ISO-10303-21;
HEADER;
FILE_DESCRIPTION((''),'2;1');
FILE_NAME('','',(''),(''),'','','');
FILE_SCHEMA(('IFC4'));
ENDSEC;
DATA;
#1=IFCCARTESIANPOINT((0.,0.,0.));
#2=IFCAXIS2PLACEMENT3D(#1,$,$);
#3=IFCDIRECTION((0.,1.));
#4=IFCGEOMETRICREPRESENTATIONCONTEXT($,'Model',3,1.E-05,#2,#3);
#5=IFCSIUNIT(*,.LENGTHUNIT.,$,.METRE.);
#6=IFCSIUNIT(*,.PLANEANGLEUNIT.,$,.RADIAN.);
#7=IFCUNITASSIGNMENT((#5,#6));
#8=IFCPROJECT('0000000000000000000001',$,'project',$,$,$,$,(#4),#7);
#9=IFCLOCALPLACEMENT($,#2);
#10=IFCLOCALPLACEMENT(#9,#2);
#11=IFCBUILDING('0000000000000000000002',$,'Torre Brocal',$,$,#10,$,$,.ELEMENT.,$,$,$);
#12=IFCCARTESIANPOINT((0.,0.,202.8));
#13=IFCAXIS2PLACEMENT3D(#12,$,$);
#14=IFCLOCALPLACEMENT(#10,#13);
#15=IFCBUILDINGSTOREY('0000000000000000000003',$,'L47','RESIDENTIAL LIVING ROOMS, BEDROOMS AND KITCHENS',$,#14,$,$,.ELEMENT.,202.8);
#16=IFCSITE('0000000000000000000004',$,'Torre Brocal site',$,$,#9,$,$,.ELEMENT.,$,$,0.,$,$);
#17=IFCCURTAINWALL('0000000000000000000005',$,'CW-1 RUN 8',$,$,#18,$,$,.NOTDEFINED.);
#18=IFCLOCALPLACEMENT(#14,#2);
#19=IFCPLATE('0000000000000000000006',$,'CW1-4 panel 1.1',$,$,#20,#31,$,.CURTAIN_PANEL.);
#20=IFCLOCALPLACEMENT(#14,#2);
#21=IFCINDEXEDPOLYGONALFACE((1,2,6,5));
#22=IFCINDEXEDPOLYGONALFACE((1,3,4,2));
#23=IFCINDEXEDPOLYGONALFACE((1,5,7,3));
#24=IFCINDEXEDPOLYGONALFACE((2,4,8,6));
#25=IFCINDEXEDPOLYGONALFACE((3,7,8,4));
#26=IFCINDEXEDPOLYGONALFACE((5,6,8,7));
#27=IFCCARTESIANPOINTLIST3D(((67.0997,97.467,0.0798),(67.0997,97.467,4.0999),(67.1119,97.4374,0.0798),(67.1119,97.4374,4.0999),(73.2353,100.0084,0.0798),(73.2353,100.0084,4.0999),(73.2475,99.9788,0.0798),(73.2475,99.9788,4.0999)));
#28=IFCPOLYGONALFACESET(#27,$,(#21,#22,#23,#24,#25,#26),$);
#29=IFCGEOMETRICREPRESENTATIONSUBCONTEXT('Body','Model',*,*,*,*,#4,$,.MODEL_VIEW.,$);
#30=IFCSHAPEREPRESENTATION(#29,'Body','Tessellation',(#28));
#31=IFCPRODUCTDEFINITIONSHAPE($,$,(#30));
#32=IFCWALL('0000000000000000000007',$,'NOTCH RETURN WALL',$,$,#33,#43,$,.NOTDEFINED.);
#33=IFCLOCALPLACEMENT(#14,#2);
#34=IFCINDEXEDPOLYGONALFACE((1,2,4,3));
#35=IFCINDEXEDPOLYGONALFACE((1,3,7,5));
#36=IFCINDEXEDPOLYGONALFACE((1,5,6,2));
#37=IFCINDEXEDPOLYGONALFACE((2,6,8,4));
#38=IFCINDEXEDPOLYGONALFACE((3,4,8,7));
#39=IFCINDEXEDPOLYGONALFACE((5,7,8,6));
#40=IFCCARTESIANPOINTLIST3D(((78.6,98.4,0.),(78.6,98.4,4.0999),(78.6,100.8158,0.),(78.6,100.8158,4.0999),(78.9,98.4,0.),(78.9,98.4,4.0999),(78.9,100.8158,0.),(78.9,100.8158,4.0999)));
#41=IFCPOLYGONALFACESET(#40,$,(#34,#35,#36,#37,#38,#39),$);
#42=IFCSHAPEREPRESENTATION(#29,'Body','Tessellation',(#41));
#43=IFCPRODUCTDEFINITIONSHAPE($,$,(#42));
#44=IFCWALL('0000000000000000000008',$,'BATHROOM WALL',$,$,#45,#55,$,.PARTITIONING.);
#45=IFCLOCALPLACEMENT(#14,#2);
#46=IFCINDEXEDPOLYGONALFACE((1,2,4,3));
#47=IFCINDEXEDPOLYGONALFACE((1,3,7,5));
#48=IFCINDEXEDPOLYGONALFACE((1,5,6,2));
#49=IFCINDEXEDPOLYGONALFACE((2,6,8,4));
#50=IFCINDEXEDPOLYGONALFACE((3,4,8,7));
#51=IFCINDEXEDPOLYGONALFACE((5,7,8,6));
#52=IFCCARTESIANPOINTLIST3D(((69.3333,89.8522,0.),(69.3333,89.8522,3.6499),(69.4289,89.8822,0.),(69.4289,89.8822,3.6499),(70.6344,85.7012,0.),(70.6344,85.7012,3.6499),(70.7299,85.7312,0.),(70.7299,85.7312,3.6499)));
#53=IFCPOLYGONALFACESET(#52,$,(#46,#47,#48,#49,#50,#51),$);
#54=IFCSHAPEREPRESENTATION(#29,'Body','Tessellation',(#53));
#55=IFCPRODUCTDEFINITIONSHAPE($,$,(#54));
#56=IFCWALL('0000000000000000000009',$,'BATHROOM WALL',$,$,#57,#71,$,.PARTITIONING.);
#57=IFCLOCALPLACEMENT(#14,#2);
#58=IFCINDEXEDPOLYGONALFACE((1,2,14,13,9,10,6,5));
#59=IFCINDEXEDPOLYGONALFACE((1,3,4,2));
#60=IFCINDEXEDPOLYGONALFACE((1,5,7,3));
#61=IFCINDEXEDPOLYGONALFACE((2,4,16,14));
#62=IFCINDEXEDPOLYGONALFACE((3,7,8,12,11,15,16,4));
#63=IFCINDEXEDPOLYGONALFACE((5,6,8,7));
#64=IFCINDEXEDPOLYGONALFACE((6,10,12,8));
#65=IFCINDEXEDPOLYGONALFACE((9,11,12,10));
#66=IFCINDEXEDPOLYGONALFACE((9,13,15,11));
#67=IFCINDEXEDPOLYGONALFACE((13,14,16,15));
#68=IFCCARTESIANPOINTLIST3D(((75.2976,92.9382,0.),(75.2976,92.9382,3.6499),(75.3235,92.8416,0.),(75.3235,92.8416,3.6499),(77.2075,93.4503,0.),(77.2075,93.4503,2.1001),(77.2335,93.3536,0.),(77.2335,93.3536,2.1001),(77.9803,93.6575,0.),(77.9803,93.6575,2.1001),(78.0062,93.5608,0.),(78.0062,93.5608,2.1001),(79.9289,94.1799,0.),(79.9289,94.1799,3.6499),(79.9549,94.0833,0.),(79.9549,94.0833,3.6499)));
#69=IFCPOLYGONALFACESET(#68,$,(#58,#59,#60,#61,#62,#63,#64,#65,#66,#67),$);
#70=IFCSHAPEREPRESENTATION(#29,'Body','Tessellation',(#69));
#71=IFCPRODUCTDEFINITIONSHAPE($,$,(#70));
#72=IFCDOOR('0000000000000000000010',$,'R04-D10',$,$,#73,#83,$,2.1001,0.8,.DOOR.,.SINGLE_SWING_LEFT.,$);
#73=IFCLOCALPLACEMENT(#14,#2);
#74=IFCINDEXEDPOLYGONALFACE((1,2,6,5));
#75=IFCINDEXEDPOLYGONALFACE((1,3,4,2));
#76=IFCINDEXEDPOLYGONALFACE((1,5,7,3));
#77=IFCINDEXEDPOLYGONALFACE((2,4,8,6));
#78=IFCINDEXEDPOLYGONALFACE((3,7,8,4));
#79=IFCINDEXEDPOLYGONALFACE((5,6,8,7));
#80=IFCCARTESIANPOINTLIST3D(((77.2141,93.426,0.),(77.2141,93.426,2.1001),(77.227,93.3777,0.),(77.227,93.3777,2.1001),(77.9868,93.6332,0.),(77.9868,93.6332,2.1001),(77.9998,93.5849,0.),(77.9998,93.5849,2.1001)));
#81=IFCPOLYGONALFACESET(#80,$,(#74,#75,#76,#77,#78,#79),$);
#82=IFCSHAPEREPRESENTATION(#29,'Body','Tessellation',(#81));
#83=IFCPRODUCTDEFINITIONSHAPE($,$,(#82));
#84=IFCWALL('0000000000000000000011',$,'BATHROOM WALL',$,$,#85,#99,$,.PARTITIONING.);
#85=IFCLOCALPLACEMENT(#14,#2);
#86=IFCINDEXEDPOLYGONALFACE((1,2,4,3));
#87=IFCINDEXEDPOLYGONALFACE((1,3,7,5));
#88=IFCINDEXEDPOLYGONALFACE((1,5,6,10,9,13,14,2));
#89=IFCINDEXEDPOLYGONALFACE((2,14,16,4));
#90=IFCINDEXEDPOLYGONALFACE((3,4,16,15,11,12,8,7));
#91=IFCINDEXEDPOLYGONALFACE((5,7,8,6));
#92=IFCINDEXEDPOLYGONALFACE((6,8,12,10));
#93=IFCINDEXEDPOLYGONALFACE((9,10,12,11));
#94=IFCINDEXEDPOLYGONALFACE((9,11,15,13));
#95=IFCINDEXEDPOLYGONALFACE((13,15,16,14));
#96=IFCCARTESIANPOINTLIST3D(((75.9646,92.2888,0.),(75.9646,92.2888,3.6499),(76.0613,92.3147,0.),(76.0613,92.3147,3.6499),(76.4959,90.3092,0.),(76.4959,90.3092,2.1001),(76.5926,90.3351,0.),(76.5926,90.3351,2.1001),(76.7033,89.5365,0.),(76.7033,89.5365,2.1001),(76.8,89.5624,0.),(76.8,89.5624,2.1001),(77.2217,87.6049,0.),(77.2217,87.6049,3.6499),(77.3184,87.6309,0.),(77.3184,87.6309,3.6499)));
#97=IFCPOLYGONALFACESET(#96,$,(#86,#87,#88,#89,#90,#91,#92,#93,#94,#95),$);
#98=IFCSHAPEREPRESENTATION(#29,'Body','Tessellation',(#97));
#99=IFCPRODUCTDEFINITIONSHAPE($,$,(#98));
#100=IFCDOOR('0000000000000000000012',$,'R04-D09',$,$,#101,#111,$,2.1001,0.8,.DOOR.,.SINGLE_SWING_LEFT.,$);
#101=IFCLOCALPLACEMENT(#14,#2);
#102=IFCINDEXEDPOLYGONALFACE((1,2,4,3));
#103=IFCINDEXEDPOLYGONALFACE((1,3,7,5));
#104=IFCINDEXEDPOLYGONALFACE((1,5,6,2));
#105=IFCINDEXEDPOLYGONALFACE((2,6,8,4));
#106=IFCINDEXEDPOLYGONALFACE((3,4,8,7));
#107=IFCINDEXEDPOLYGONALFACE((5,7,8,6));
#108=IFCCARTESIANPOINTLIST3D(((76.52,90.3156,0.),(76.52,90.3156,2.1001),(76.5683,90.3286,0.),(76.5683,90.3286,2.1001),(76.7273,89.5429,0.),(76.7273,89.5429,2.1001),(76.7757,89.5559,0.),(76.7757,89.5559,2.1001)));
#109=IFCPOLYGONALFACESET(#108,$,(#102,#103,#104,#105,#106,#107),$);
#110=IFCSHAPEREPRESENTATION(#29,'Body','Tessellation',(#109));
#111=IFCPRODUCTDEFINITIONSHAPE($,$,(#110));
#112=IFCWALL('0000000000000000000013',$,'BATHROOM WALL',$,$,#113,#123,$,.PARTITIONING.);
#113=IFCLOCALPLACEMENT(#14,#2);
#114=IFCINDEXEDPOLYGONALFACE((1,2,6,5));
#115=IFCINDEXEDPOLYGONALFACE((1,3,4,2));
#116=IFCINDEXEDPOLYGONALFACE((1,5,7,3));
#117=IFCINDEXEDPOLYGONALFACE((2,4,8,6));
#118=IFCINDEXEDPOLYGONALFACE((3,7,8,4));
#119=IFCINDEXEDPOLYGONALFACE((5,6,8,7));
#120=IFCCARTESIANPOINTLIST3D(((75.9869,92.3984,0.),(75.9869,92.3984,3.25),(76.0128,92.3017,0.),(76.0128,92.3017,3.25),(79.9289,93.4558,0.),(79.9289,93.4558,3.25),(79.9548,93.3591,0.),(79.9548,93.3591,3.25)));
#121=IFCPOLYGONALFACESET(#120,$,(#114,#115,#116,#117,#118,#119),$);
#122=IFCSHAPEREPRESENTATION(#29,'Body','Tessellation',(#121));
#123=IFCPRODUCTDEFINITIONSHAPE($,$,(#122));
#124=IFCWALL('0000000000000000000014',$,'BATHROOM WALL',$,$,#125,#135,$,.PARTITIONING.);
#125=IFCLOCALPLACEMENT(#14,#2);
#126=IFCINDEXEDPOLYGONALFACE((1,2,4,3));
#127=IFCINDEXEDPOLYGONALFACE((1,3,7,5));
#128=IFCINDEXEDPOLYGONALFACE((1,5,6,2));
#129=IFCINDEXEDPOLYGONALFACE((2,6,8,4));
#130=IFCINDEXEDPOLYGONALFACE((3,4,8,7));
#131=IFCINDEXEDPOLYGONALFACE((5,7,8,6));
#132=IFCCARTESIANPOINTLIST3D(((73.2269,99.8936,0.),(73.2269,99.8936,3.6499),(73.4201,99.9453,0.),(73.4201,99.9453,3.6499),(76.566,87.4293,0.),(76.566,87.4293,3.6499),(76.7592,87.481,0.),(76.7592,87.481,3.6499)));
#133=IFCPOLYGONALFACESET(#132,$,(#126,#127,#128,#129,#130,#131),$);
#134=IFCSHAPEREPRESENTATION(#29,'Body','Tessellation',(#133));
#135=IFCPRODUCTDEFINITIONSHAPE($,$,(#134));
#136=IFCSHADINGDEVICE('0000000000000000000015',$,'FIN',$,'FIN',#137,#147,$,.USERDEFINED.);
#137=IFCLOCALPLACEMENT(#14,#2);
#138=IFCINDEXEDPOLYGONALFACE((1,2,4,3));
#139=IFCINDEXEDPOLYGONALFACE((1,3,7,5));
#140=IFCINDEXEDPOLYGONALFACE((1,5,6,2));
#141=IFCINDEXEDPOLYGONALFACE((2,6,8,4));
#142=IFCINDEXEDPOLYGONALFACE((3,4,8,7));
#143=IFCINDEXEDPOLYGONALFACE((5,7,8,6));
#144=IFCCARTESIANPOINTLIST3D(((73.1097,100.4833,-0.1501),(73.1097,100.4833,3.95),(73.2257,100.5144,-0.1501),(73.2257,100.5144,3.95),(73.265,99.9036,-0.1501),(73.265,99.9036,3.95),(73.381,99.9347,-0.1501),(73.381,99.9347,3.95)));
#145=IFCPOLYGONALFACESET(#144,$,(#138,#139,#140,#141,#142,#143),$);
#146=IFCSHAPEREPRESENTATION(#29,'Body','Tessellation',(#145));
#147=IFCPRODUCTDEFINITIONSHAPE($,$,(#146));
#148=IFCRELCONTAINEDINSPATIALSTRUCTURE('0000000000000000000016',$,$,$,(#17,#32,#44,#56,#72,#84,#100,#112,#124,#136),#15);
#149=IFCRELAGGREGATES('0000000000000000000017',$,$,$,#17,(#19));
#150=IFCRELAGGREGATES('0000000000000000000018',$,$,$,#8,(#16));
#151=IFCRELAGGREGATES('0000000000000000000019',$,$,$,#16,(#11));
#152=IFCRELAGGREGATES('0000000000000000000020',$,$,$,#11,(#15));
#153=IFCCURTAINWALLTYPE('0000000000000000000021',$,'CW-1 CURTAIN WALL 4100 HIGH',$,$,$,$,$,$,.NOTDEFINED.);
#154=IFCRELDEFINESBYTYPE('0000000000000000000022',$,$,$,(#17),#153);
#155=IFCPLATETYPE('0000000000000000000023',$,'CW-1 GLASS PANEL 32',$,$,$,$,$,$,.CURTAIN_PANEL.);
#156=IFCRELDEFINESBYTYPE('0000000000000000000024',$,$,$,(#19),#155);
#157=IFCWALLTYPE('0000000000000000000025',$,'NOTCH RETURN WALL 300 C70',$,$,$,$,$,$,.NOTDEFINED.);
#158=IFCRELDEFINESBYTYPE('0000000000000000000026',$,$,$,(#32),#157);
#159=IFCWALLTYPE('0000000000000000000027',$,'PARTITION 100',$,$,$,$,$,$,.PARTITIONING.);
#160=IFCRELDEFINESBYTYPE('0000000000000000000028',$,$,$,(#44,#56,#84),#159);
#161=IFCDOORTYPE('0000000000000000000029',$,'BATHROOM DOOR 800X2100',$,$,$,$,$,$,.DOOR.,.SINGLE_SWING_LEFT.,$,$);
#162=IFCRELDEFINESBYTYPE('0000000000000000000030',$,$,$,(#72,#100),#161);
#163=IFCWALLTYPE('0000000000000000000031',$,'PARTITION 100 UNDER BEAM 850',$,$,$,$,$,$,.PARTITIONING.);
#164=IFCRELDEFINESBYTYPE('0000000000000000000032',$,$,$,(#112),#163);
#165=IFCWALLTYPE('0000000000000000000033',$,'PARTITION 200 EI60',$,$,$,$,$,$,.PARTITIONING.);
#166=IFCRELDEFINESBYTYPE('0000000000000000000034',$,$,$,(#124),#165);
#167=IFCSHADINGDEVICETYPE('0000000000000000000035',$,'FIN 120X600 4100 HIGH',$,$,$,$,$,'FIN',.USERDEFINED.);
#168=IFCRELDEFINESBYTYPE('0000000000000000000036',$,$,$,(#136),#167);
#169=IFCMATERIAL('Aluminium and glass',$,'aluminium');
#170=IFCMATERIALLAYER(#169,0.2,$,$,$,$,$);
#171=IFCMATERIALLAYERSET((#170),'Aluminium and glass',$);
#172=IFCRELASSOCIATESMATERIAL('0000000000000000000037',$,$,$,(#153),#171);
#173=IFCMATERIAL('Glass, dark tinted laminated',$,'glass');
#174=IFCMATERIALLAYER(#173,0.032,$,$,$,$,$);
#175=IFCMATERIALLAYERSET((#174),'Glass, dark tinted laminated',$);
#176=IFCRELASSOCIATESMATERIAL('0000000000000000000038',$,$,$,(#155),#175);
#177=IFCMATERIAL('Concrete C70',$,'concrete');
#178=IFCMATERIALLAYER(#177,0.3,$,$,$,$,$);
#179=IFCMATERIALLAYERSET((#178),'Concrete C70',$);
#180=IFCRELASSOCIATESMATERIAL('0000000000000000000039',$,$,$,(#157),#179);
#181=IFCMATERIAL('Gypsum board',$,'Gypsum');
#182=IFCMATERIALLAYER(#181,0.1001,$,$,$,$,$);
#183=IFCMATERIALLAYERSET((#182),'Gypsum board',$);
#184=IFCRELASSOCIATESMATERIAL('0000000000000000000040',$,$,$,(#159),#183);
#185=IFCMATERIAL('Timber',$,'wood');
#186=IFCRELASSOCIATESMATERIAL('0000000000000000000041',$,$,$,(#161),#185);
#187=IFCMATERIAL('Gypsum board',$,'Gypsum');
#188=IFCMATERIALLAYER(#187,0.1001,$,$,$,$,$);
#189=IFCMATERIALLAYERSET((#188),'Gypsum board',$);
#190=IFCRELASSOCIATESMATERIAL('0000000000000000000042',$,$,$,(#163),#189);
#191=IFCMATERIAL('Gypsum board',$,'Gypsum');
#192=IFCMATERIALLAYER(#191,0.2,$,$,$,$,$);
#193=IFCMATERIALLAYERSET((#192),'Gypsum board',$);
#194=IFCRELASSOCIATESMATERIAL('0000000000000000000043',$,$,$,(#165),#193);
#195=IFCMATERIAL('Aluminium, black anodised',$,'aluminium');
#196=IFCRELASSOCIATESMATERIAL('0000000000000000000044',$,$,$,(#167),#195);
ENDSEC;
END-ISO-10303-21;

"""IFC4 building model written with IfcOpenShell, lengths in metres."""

from ifc_helpers import new_model, si_unit, direction, frame, frame_2d, origin, origin_2d, place, context, subcontext, project, spatial, rectangle, extrude, material, layer, layer_set, material_profile, profile_set, type_object, element, fill, aggregate, save


model = new_model("IFC4")

# Units and contexts
model_context = context("Model", 3, precision=1e-05, world=origin(), true_north=direction((0.0, 1.0)))
body_context = subcontext(model_context, "Body", "Model", "MODEL_VIEW")
ifc_project = project(units=[si_unit("LENGTHUNIT", "METRE"), si_unit("PLANEANGLEUNIT", "RADIAN")], contexts=[model_context])

# Site, building, storey
site_placement = place(None, origin())
site = spatial("IfcSite", under=ifc_project, at=site_placement, Name="Torre Brocal site", CompositionType="ELEMENT", RefElevation=0.0)
building_placement = place(site_placement, origin())
building = spatial("IfcBuilding", under=site, at=building_placement, Name="Torre Brocal", CompositionType="ELEMENT")
storey_placement = place(building_placement, frame((0.0, 0.0, 202.8)))
storey = spatial("IfcBuildingStorey", under=building, at=storey_placement, Name="L47", Description="RESIDENTIAL LIVING ROOMS, BEDROOMS AND KITCHENS", CompositionType="ELEMENT", Elevation=202.8)

# Shared definitions
ifc_material_1 = material(Name="Aluminium and glass", Category="aluminium")
ifc_layer_1 = layer(ifc_material_1, 0.2)
ifc_layer_set_1 = layer_set([ifc_layer_1], Name="Aluminium and glass")
curtain_wall_type = type_object("IfcCurtainWallType", Name="CW-1 CURTAIN WALL 4100 HIGH", PredefinedType="NOTDEFINED", material=ifc_layer_set_1)

# Curtain wall
curtain_wall_1_placement = place(storey_placement, origin())
curtain_wall_1 = element("IfcCurtainWall", 1, at=curtain_wall_1_placement, inside=storey, type_object=curtain_wall_type, Name="CW-1 RUN 8", PredefinedType="NOTDEFINED")

# Plate
ifc_material_2 = material(Name="Glass, dark tinted laminated", Category="glass")
ifc_layer_2 = layer(ifc_material_2, 0.032)
ifc_layer_set_2 = layer_set([ifc_layer_2], Name="Glass, dark tinted laminated")
plate_type = type_object("IfcPlateType", Name="CW-1 GLASS PANEL 32", PredefinedType="CURTAIN_PANEL", material=ifc_layer_set_2)
plate_1_placement = place(storey_placement, frame((70.1736, 98.7229, 0.0798), z_axis=(0.0, 0.0, 1.0), x_axis=(-0.92388, -0.382683, 0.0)))
plate_1 = element("IfcPlate", 2, at=plate_1_placement, type_object=plate_type, Name="CW1-4 panel 1.1", PredefinedType="CURTAIN_PANEL", context=body_context, shape_type="SweptSolid", body=[
    extrude(rectangle(XDim=6.6411, YDim=0.032, at=origin_2d()), origin(), (0.0, 0.0, 1.0), 4.02),
])
aggregate(curtain_wall_1, [plate_1])

# Walls
ifc_material_3 = material(Name="Concrete C70", Category="concrete")
ifc_layer_3 = layer(ifc_material_3, 0.3)
ifc_layer_set_3 = layer_set([ifc_layer_3], Name="Concrete C70")
wall_type_1 = type_object("IfcWallType", Name="NOTCH RETURN WALL 300 C70", PredefinedType="NOTDEFINED", material=ifc_layer_set_3)
wall_1_placement = place(storey_placement, frame((78.75, 98.3999, 0.0), z_axis=(0.0, 0.0, 1.0), x_axis=(0.0, 1.0, 0.0)))
element("IfcWall", 3, at=wall_1_placement, inside=storey, type_object=wall_type_1, Name="NOTCH RETURN WALL", PredefinedType="NOTDEFINED", context=body_context, shape_type="SweptSolid", body=[
    extrude(rectangle(XDim=2.4158, YDim=0.3, at=frame_2d((1.208, 0.0))), origin(), (0.0, 0.0, 1.0), 4.0999),
])
ifc_material_4 = material(Name="Gypsum board", Category="Gypsum")
ifc_layer_4 = layer(ifc_material_4, 0.1001)
ifc_layer_set_4 = layer_set([ifc_layer_4], Name="Gypsum board")
wall_type_2 = type_object("IfcWallType", Name="PARTITION 100", PredefinedType="PARTITIONING", material=ifc_layer_set_4)
wall_2_placement = place(storey_placement, frame((69.3811, 89.8672, 0.0), z_axis=(0.0, 0.0, 1.0), x_axis=(0.299087, -0.954226, 0.0)))
element("IfcWall", 4, at=wall_2_placement, inside=storey, type_object=wall_type_2, Name="BATHROOM WALL", PredefinedType="PARTITIONING", context=body_context, shape_type="SweptSolid", body=[
    extrude(rectangle(XDim=4.3501, YDim=0.1001, at=frame_2d((2.175, 0.0))), origin(), (0.0, 0.0, 1.0), 3.6499),
])

# Walls, openings, doors
wall_3_placement = place(storey_placement, frame((75.3105, 92.8899, 0.0), z_axis=(0.0, 0.0, 1.0), x_axis=(0.965888, 0.258962, 0.0)))
wall_3 = element("IfcWall", 5, at=wall_3_placement, inside=storey, type_object=wall_type_2, Name="BATHROOM WALL", PredefinedType="PARTITIONING", context=body_context, shape_type="SweptSolid", body=[
    extrude(rectangle(XDim=4.7949, YDim=0.1001, at=frame_2d((2.3975, 0.0))), origin(), (0.0, 0.0, 1.0), 3.6499),
])
opening_1_placement = place(wall_3_placement, frame((1.9775, 0.0, 0.0)))
opening_1 = element("IfcOpeningElement", 6, at=opening_1_placement, cuts=wall_3, PredefinedType="OPENING", context=body_context, shape_type="SweptSolid", body=[
    extrude(rectangle(XDim=0.8, YDim=2.1001, at=frame_2d((0.3999, 1.05))), frame((0.0, 0.0601, 0.0), z_axis=(0.0, -1.0, 0.0), x_axis=(1.0, 0.0, 0.0)), (0.0, 0.0, 1.0), 0.1201),
])
ifc_material_5 = material(Name="Timber", Category="wood")
door_type = type_object("IfcDoorType", Name="BATHROOM DOOR 800X2100", OperationType="SINGLE_SWING_LEFT", PredefinedType="DOOR", material=ifc_material_5)
door_1_placement = place(opening_1_placement, origin())
door_1 = element("IfcDoor", 7, at=door_1_placement, inside=storey, type_object=door_type, Name="R04-D10", OperationType="SINGLE_SWING_LEFT", OverallHeight=2.1001, OverallWidth=0.8, PredefinedType="DOOR", context=body_context, shape_type="SweptSolid", body=[
    extrude(rectangle(XDim=0.8, YDim=2.1001, at=frame_2d((0.3999, 1.05))), frame((0.0, 0.0249, 0.0), z_axis=(0.0, -1.0, 0.0), x_axis=(1.0, 0.0, 0.0)), (0.0, 0.0, 1.0), 0.05),
])
fill(opening_1, door_1)
wall_4_placement = place(storey_placement, frame((76.0129, 92.3018, 0.0), z_axis=(0.0, 0.0, 1.0), x_axis=(0.259213, -0.96582, 0.0)))
wall_4 = element("IfcWall", 8, at=wall_4_placement, inside=storey, type_object=wall_type_2, Name="BATHROOM WALL", PredefinedType="PARTITIONING", context=body_context, shape_type="SweptSolid", body=[
    extrude(rectangle(XDim=4.8496, YDim=0.1001, at=frame_2d((2.4248, 0.0))), origin(), (0.0, 0.0, 1.0), 3.6499),
])
opening_2_placement = place(wall_4_placement, frame((2.0498, 0.0, 0.0)))
opening_2 = element("IfcOpeningElement", 9, at=opening_2_placement, cuts=wall_4, PredefinedType="OPENING", context=body_context, shape_type="SweptSolid", body=[
    extrude(rectangle(XDim=0.8, YDim=2.1001, at=frame_2d((0.3999, 1.05))), frame((0.0, 0.0601, 0.0), z_axis=(0.0, -1.0, 0.0), x_axis=(1.0, 0.0, 0.0)), (0.0, 0.0, 1.0), 0.1201),
])
door_2_placement = place(opening_2_placement, origin())
door_2 = element("IfcDoor", 10, at=door_2_placement, inside=storey, type_object=door_type, Name="R04-D09", OperationType="SINGLE_SWING_LEFT", OverallHeight=2.1001, OverallWidth=0.8, PredefinedType="DOOR", context=body_context, shape_type="SweptSolid", body=[
    extrude(rectangle(XDim=0.8, YDim=2.1001, at=frame_2d((0.3999, 1.05))), frame((0.0, 0.0249, 0.0), z_axis=(0.0, -1.0, 0.0), x_axis=(1.0, 0.0, 0.0)), (0.0, 0.0, 1.0), 0.05),
])
fill(opening_2, door_2)

# Walls
ifc_material_6 = material(Name="Gypsum board", Category="Gypsum")
ifc_layer_5 = layer(ifc_material_6, 0.1001)
ifc_layer_set_5 = layer_set([ifc_layer_5], Name="Gypsum board")
wall_type_3 = type_object("IfcWallType", Name="PARTITION 100 UNDER BEAM 850", PredefinedType="PARTITIONING", material=ifc_layer_set_5)
wall_5_placement = place(storey_placement, frame((76.0, 92.3501, 0.0), z_axis=(0.0, 0.0, 1.0), x_axis=(0.965856, 0.259081, 0.0)))
element("IfcWall", 11, at=wall_5_placement, inside=storey, type_object=wall_type_3, Name="BATHROOM WALL", PredefinedType="PARTITIONING", context=body_context, shape_type="SweptSolid", body=[
    extrude(rectangle(XDim=4.0813, YDim=0.1001, at=frame_2d((2.0405, 0.0))), origin(), (0.0, 0.0, 1.0), 3.25),
])
ifc_material_7 = material(Name="Gypsum board", Category="Gypsum")
ifc_layer_6 = layer(ifc_material_7, 0.2)
ifc_layer_set_6 = layer_set([ifc_layer_6], Name="Gypsum board")
wall_type_4 = type_object("IfcWallType", Name="PARTITION 200 EI60", PredefinedType="PARTITIONING", material=ifc_layer_set_6)
wall_6_placement = place(storey_placement, frame((73.3235, 99.9194, 0.0), z_axis=(0.0, 0.0, 1.0), x_axis=(0.258768, -0.965939, 0.0)))
element("IfcWall", 12, at=wall_6_placement, inside=storey, type_object=wall_type_4, Name="BATHROOM WALL", PredefinedType="PARTITIONING", context=body_context, shape_type="SweptSolid", body=[
    extrude(rectangle(XDim=12.9038, YDim=0.2, at=frame_2d((6.4519, 0.0))), origin(), (0.0, 0.0, 1.0), 3.6499),
])

# Shading device
ifc_material_8 = material(Name="Aluminium, black anodised", Category="aluminium")
ifc_material_profile_1 = material_profile(ifc_material_8, rectangle(XDim=0.1201, YDim=0.6001, at=origin_2d()), Name="FIN 120X600 4100 HIGH")
ifc_profile_set_1 = profile_set([ifc_material_profile_1], Name="Aluminium, black anodised")
shading_device_type = type_object("IfcShadingDeviceType", Name="FIN 120X600 4100 HIGH", ElementType="FIN", PredefinedType="USERDEFINED", material=ifc_profile_set_1)
shading_device_placement = place(storey_placement, frame((73.2454, 100.209, -0.1501), z_axis=(0.0, 0.0, 1.0), x_axis=(-0.965926, -0.258819, 0.0)))
element("IfcShadingDevice", 13, at=shading_device_placement, inside=storey, type_object=shading_device_type, Name="FIN", ObjectType="FIN", PredefinedType="USERDEFINED", context=body_context, shape_type="SweptSolid", body=[
    extrude(rectangle(XDim=0.1201, YDim=0.6001, at=origin_2d()), origin(), (0.0, 0.0, 1.0), 4.1001),
])

save(model, "model.ifc")
